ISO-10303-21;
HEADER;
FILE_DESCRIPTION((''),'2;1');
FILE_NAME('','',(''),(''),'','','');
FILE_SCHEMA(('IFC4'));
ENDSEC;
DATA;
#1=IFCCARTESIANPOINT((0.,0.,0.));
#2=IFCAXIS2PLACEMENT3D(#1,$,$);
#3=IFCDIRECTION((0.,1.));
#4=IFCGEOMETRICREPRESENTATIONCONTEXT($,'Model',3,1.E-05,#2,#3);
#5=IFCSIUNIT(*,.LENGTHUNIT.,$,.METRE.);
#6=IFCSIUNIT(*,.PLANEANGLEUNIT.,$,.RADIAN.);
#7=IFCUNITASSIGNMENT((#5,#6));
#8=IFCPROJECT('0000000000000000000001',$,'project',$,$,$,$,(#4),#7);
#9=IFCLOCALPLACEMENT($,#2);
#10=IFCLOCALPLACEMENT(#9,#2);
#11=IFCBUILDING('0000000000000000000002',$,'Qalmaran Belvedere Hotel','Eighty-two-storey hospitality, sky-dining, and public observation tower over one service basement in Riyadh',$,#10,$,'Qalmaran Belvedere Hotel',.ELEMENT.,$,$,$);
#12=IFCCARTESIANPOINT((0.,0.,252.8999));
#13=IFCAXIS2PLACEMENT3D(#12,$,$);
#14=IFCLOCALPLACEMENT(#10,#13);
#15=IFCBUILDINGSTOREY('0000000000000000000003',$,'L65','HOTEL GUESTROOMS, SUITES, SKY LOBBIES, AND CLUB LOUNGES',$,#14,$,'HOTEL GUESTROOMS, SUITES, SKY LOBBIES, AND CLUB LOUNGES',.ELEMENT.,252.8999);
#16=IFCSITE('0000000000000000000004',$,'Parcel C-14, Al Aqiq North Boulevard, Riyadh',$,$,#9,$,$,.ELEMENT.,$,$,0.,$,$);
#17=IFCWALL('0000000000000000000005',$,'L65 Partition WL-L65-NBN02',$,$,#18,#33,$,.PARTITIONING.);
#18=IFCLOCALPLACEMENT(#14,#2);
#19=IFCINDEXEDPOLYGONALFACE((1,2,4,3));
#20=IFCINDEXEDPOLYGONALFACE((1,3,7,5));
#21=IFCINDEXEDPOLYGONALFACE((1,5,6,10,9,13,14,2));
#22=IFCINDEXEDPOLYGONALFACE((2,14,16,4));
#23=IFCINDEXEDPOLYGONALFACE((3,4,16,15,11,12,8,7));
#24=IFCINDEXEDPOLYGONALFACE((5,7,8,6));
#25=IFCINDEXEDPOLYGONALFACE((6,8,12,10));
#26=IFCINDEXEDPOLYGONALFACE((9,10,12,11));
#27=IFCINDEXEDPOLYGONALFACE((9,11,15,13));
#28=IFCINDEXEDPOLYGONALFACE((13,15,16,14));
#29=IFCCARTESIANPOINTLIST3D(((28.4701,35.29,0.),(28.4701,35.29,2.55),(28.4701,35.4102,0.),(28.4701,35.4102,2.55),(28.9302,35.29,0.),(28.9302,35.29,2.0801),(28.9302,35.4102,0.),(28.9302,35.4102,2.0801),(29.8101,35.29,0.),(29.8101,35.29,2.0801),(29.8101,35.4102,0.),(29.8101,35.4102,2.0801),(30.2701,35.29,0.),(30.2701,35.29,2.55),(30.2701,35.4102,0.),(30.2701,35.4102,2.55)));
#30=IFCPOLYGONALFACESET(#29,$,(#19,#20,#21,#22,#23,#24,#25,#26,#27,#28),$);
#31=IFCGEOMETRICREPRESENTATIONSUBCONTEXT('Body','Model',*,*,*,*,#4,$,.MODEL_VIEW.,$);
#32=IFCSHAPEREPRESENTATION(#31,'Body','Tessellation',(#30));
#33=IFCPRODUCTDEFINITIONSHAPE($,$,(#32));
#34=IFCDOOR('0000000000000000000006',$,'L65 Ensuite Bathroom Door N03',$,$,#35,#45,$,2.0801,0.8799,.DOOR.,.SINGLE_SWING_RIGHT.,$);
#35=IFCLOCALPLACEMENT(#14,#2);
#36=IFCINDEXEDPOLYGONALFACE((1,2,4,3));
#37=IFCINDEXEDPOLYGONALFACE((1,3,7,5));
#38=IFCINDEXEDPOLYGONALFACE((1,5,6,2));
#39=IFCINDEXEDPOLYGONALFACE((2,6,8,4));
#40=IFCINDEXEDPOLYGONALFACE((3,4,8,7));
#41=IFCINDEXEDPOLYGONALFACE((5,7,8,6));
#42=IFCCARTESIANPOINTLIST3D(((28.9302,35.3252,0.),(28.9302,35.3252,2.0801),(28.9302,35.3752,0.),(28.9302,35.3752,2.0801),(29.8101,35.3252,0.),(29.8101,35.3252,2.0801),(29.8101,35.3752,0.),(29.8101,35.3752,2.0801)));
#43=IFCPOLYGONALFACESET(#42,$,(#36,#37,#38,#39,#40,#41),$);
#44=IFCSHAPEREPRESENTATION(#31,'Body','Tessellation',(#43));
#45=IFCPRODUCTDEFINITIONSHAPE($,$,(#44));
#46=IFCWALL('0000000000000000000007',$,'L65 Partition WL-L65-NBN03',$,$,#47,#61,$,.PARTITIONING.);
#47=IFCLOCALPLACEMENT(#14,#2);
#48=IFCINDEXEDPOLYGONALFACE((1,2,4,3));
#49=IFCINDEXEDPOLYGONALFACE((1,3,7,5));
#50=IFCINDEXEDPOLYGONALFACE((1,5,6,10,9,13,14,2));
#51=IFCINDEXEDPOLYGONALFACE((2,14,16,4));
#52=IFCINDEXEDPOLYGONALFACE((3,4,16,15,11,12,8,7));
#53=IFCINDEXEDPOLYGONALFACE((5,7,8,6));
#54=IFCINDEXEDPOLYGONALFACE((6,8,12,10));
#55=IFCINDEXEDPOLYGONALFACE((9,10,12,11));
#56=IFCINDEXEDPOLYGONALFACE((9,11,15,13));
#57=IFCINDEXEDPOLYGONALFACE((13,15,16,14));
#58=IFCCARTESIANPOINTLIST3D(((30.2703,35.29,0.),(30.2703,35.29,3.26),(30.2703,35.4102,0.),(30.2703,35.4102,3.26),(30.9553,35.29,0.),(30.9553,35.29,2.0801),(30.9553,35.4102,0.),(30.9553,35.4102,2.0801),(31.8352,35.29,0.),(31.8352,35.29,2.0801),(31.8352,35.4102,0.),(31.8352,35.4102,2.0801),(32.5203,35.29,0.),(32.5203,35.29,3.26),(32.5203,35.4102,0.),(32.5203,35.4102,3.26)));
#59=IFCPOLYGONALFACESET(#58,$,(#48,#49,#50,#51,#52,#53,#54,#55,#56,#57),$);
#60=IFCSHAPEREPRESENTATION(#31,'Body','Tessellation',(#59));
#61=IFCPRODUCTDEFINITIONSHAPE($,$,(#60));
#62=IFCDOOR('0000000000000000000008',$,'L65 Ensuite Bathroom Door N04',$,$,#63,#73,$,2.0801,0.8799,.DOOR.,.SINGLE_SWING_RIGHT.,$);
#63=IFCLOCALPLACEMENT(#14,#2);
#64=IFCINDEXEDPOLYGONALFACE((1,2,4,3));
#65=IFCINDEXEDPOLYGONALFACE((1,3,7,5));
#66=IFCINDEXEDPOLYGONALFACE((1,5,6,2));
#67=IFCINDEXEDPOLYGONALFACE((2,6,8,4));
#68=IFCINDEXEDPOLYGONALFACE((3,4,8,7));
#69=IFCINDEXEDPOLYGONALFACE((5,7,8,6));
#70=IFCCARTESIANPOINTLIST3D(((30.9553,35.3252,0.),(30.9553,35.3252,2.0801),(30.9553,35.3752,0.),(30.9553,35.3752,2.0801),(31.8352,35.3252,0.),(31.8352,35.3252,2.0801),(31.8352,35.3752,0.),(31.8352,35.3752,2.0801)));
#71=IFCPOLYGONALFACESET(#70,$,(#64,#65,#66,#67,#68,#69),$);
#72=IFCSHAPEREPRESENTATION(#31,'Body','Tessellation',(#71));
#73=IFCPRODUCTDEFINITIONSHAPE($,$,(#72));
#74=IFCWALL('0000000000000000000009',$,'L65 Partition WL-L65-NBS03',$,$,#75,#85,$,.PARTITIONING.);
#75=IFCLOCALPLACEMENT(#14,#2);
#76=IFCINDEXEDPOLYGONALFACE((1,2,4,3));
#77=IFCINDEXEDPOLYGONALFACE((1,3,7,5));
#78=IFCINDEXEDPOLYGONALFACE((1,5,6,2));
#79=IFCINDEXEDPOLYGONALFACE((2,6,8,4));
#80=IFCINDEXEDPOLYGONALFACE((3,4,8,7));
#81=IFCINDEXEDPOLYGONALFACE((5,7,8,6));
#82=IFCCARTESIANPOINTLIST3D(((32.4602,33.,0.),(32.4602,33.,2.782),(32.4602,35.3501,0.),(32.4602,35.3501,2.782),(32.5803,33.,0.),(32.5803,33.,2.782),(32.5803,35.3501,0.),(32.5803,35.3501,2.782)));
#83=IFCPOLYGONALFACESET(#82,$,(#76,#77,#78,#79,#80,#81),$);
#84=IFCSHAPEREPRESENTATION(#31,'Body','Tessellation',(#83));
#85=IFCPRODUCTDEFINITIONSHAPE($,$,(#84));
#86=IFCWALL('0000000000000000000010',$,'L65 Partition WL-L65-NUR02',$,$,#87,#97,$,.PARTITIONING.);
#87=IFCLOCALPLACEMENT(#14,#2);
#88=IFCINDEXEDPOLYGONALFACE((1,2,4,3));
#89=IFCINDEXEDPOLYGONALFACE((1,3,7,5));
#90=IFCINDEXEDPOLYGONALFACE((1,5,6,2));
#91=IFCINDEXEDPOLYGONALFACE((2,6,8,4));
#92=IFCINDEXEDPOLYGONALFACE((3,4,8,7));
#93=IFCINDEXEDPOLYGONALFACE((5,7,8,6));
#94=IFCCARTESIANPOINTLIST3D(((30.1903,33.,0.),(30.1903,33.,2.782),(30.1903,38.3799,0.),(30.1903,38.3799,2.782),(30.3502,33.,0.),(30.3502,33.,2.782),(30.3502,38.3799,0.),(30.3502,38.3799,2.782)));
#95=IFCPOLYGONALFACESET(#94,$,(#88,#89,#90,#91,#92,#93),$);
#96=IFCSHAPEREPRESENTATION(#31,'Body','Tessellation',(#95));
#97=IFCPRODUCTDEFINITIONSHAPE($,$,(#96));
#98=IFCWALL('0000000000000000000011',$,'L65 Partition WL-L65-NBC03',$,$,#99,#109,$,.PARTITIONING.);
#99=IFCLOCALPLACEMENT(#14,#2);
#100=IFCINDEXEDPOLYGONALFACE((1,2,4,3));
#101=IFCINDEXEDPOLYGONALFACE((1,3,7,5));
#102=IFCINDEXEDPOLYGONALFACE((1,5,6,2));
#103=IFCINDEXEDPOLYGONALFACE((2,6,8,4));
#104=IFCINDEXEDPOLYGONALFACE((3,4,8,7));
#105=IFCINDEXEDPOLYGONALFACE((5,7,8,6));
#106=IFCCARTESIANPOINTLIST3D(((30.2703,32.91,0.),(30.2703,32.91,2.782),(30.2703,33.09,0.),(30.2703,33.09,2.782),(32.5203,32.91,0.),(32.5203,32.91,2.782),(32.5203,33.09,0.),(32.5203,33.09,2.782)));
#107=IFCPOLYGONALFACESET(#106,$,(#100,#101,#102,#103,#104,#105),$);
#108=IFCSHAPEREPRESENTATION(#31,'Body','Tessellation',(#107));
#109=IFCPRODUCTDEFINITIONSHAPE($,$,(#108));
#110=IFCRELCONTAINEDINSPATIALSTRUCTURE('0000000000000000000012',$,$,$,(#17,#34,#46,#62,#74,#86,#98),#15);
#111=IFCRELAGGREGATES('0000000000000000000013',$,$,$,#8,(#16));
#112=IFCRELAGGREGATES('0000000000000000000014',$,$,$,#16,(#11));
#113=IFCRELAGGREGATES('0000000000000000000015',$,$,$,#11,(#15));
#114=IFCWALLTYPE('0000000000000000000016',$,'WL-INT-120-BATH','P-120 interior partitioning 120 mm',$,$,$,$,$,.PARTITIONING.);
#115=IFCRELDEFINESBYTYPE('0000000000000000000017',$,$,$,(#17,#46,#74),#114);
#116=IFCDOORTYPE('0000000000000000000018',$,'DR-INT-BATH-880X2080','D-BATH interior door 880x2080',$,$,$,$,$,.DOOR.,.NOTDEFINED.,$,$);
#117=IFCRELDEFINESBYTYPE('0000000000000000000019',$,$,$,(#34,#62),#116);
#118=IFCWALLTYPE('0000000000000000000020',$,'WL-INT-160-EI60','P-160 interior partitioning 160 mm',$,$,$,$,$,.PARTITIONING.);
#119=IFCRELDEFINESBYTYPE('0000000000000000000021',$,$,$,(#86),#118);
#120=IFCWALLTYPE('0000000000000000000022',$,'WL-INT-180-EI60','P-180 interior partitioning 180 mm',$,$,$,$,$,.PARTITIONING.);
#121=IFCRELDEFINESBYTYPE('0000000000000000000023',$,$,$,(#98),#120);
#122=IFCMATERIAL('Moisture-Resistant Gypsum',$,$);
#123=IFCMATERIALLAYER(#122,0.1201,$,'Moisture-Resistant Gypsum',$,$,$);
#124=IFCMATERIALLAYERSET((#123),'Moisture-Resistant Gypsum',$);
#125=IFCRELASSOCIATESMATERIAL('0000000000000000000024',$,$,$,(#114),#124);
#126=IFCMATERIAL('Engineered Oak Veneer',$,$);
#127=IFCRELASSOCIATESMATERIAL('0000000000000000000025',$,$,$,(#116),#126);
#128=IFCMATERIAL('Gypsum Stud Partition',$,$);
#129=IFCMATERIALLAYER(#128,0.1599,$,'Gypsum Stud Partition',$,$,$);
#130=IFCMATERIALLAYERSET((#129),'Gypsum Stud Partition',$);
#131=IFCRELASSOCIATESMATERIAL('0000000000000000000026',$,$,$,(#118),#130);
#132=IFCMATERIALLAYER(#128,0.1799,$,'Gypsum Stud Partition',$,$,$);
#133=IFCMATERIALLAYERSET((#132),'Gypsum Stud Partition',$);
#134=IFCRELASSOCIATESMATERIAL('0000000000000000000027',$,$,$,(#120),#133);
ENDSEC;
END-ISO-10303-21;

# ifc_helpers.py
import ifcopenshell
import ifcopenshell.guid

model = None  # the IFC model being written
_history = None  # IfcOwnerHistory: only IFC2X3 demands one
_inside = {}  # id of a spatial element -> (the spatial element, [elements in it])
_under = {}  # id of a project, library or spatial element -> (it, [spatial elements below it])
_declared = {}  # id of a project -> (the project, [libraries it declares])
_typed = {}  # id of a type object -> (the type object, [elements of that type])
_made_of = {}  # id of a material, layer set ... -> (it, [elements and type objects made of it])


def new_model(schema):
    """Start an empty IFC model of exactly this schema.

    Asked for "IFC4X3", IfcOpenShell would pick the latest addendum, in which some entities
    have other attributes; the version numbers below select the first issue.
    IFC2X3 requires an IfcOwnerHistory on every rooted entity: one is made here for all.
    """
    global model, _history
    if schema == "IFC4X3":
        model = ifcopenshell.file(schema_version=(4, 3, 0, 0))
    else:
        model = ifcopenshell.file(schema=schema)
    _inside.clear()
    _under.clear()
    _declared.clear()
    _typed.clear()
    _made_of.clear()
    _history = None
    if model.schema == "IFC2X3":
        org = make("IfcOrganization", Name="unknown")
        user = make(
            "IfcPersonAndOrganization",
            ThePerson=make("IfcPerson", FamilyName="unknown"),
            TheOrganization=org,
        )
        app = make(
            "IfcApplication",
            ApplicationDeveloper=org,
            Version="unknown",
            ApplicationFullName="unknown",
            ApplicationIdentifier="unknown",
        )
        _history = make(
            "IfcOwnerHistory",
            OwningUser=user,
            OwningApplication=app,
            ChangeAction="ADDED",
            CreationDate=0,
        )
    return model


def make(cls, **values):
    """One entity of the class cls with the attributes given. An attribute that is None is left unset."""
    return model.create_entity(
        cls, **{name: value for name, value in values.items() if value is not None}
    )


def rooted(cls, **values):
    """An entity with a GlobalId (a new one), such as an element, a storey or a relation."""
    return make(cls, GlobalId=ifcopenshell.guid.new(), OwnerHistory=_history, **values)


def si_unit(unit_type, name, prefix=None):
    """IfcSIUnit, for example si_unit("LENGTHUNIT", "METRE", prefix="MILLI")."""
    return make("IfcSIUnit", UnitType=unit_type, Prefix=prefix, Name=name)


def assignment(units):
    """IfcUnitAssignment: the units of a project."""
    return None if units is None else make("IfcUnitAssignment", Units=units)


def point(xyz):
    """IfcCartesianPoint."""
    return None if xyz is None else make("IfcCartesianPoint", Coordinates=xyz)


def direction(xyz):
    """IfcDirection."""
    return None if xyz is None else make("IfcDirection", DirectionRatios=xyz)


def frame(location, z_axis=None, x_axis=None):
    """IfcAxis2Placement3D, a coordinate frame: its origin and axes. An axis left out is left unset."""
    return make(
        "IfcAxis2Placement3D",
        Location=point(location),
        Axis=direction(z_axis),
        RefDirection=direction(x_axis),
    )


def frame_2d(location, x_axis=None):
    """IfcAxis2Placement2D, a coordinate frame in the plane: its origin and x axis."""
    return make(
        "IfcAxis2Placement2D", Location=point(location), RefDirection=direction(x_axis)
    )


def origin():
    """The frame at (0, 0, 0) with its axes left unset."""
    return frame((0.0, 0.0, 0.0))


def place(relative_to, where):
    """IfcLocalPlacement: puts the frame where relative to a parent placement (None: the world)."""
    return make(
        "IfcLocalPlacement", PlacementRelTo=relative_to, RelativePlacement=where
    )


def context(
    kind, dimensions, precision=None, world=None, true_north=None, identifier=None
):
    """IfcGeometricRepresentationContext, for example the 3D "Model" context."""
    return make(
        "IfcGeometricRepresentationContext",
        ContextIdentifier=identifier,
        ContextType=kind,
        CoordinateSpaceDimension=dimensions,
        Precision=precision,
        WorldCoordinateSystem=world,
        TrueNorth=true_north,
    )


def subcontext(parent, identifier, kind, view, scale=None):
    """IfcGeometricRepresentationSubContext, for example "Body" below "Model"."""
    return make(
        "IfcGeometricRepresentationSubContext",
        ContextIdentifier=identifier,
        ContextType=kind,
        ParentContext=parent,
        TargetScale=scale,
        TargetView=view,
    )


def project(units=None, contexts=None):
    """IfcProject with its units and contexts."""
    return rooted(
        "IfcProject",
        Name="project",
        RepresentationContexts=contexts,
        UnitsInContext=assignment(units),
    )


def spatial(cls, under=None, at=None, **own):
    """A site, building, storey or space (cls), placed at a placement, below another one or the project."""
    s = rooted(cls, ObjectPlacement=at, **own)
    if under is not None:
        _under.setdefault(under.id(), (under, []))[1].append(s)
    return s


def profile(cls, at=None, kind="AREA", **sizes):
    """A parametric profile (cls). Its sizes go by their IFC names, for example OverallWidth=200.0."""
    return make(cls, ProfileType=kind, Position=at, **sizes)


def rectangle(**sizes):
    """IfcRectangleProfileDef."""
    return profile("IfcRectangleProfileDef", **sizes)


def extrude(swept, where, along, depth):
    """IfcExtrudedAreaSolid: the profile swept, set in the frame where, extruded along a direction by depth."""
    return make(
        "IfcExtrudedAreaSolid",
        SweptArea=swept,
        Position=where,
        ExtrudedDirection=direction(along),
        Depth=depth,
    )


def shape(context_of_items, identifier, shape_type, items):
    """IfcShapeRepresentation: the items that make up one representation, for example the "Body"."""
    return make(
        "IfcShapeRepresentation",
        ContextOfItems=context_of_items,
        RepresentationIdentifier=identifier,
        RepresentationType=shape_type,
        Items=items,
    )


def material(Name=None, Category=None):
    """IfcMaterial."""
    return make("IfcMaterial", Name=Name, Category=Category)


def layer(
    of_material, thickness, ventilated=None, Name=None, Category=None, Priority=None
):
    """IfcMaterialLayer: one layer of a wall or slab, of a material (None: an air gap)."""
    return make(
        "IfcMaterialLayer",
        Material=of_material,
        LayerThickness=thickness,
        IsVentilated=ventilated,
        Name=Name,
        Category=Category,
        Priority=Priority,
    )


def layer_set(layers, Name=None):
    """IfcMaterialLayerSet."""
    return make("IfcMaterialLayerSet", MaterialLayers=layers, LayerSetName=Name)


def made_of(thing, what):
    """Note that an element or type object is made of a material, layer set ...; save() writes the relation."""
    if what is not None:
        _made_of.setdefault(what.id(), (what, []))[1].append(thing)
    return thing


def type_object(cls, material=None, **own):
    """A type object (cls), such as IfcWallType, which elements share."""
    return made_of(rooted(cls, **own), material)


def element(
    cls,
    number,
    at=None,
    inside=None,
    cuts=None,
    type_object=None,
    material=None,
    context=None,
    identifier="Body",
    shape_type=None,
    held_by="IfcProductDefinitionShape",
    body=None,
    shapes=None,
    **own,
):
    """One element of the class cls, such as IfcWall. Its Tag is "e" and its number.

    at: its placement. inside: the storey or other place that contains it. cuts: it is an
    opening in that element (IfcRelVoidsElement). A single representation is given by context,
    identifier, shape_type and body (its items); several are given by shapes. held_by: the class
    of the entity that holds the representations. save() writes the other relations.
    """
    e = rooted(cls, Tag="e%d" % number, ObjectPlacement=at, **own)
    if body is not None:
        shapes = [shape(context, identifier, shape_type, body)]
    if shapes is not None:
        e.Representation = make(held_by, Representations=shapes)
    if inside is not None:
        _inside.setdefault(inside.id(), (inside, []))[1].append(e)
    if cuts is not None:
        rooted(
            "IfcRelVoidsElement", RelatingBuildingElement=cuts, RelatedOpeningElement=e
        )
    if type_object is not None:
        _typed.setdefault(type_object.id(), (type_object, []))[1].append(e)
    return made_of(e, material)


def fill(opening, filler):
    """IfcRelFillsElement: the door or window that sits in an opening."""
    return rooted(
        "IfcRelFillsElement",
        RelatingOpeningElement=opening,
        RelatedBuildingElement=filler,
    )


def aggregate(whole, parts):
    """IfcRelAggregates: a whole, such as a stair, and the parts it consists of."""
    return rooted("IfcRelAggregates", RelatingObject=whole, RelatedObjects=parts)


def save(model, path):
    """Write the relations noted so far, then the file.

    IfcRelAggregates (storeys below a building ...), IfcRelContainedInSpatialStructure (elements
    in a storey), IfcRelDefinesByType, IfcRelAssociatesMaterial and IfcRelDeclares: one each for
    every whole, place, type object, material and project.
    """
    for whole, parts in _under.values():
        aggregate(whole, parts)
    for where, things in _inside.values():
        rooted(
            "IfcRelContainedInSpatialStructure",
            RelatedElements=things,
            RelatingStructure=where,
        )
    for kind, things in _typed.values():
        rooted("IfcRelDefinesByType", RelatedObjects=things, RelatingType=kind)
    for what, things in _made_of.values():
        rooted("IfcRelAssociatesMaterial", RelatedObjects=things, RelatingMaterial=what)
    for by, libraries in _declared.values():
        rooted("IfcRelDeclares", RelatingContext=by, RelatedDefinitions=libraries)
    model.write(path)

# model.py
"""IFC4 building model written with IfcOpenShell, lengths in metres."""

from ifc_helpers import new_model, si_unit, direction, frame, frame_2d, origin, place, context, subcontext, project, spatial, rectangle, extrude, material, layer, layer_set, type_object, element, fill, save


model = new_model("IFC4")

# Units and contexts
model_context = context("Model", 3, precision=1e-05, world=origin(), true_north=direction((0.0, 1.0)))
body_context = subcontext(model_context, "Body", "Model", "MODEL_VIEW")
ifc_project = project(units=[si_unit("LENGTHUNIT", "METRE"), si_unit("PLANEANGLEUNIT", "RADIAN")], contexts=[model_context])

# Site, building, storey
site_placement = place(None, origin())
site = spatial("IfcSite", under=ifc_project, at=site_placement, Name="Parcel C-14, Al Aqiq North Boulevard, Riyadh", CompositionType="ELEMENT", RefElevation=0.0)
building_placement = place(site_placement, origin())
building = spatial("IfcBuilding", under=site, at=building_placement, Name="Qalmaran Belvedere Hotel", Description="Eighty-two-storey hospitality, sky-dining, and public observation tower over one service basement in Riyadh", LongName="Qalmaran Belvedere Hotel", CompositionType="ELEMENT")
storey_placement = place(building_placement, frame((0.0, 0.0, 252.8999)))
storey = spatial("IfcBuildingStorey", under=building, at=storey_placement, Name="L65", Description="HOTEL GUESTROOMS, SUITES, SKY LOBBIES, AND CLUB LOUNGES", LongName="HOTEL GUESTROOMS, SUITES, SKY LOBBIES, AND CLUB LOUNGES", CompositionType="ELEMENT", Elevation=252.8999)

# Walls, openings, doors
ifc_material_1 = material(Name="Moisture-Resistant Gypsum")
ifc_layer_1 = layer(ifc_material_1, 0.1201, Name="Moisture-Resistant Gypsum")
ifc_layer_set_1 = layer_set([ifc_layer_1], Name="Moisture-Resistant Gypsum")
wall_type_1 = type_object("IfcWallType", Name="WL-INT-120-BATH", Description="P-120 interior partitioning 120 mm", PredefinedType="PARTITIONING", material=ifc_layer_set_1)
wall_1_placement = place(storey_placement, frame((28.4702, 35.3501, 0.0), z_axis=(0.0, 0.0, 1.0), x_axis=(1.0, 0.0, 0.0)))
wall_1 = element("IfcWall", 1, at=wall_1_placement, inside=storey, type_object=wall_type_1, Name="L65 Partition WL-L65-NBN02", PredefinedType="PARTITIONING", context=body_context, shape_type="SweptSolid", body=[
    extrude(rectangle(XDim=1.8, YDim=0.1201, at=frame_2d((0.8999, 0.0))), origin(), (0.0, 0.0, 1.0), 2.55),
])
opening_1_placement = place(wall_1_placement, frame((1.3398, 0.0, 0.0), z_axis=(0.0, 0.0, 1.0), x_axis=(-1.0, 0.0, 0.0)))
opening_1 = element("IfcOpeningElement", 2, at=opening_1_placement, cuts=wall_1, PredefinedType="OPENING", context=body_context, shape_type="SweptSolid", body=[
    extrude(rectangle(XDim=0.8799, YDim=2.0801, at=frame_2d((0.4399, 1.04))), frame((0.0, 0.0701, 0.0), z_axis=(0.0, -1.0, 0.0), x_axis=(1.0, 0.0, 0.0)), (0.0, 0.0, 1.0), 0.1401),
])
ifc_material_2 = material(Name="Engineered Oak Veneer")
door_type_1 = type_object("IfcDoorType", Name="DR-INT-BATH-880X2080", Description="D-BATH interior door 880x2080", OperationType="NOTDEFINED", PredefinedType="DOOR", material=ifc_material_2)
door_1_placement = place(opening_1_placement, origin())
door_1 = element("IfcDoor", 3, at=door_1_placement, inside=storey, type_object=door_type_1, Name="L65 Ensuite Bathroom Door N03", OperationType="SINGLE_SWING_RIGHT", OverallHeight=2.0801, OverallWidth=0.8799, PredefinedType="DOOR", context=body_context, shape_type="SweptSolid", body=[
    extrude(rectangle(XDim=0.8799, YDim=2.0801, at=frame_2d((0.4399, 1.04))), frame((0.0, 0.0249, 0.0), z_axis=(0.0, -1.0, 0.0), x_axis=(1.0, 0.0, 0.0)), (0.0, 0.0, 1.0), 0.05),
])
fill(opening_1, door_1)
wall_2_placement = place(storey_placement, frame((30.2703, 35.3501, 0.0), z_axis=(0.0, 0.0, 1.0), x_axis=(1.0, 0.0, 0.0)))
wall_2 = element("IfcWall", 4, at=wall_2_placement, inside=storey, type_object=wall_type_1, Name="L65 Partition WL-L65-NBN03", PredefinedType="PARTITIONING", context=body_context, shape_type="SweptSolid", body=[
    extrude(rectangle(XDim=2.25, YDim=0.1201, at=frame_2d((1.125, 0.0))), origin(), (0.0, 0.0, 1.0), 3.26),
])
opening_2_placement = place(wall_2_placement, frame((1.5649, 0.0, 0.0), z_axis=(0.0, 0.0, 1.0), x_axis=(-1.0, 0.0, 0.0)))
opening_2 = element("IfcOpeningElement", 5, at=opening_2_placement, cuts=wall_2, PredefinedType="OPENING", context=body_context, shape_type="SweptSolid", body=[
    extrude(rectangle(XDim=0.8799, YDim=2.0801, at=frame_2d((0.4399, 1.04))), frame((0.0, 0.0701, 0.0), z_axis=(0.0, -1.0, 0.0), x_axis=(1.0, 0.0, 0.0)), (0.0, 0.0, 1.0), 0.1401),
])
door_2_placement = place(opening_2_placement, origin())
door_2 = element("IfcDoor", 6, at=door_2_placement, inside=storey, type_object=door_type_1, Name="L65 Ensuite Bathroom Door N04", OperationType="SINGLE_SWING_RIGHT", OverallHeight=2.0801, OverallWidth=0.8799, PredefinedType="DOOR", context=body_context, shape_type="SweptSolid", body=[
    extrude(rectangle(XDim=0.8799, YDim=2.0801, at=frame_2d((0.4399, 1.04))), frame((0.0, 0.0249, 0.0), z_axis=(0.0, -1.0, 0.0), x_axis=(1.0, 0.0, 0.0)), (0.0, 0.0, 1.0), 0.05),
])
fill(opening_2, door_2)

# Walls
wall_3_placement = place(storey_placement, frame((32.5203, 33.0, 0.0), z_axis=(0.0, 0.0, 1.0), x_axis=(0.0, 1.0, 0.0)))
element("IfcWall", 7, at=wall_3_placement, inside=storey, type_object=wall_type_1, Name="L65 Partition WL-L65-NBS03", PredefinedType="PARTITIONING", context=body_context, shape_type="SweptSolid", body=[
    extrude(rectangle(XDim=2.3501, YDim=0.1201, at=frame_2d((1.175, 0.0))), origin(), (0.0, 0.0, 1.0), 2.782),
])
ifc_material_3 = material(Name="Gypsum Stud Partition")
ifc_layer_2 = layer(ifc_material_3, 0.1599, Name="Gypsum Stud Partition")
ifc_layer_set_2 = layer_set([ifc_layer_2], Name="Gypsum Stud Partition")
wall_type_2 = type_object("IfcWallType", Name="WL-INT-160-EI60", Description="P-160 interior partitioning 160 mm", PredefinedType="PARTITIONING", material=ifc_layer_set_2)
wall_4_placement = place(storey_placement, frame((30.2703, 33.0, 0.0), z_axis=(0.0, 0.0, 1.0), x_axis=(0.0, 1.0, 0.0)))
element("IfcWall", 8, at=wall_4_placement, inside=storey, type_object=wall_type_2, Name="L65 Partition WL-L65-NUR02", PredefinedType="PARTITIONING", context=body_context, shape_type="SweptSolid", body=[
    extrude(rectangle(XDim=5.3799, YDim=0.1599, at=frame_2d((2.6899, 0.0))), origin(), (0.0, 0.0, 1.0), 2.782),
])
ifc_layer_3 = layer(ifc_material_3, 0.1799, Name="Gypsum Stud Partition")
ifc_layer_set_3 = layer_set([ifc_layer_3], Name="Gypsum Stud Partition")
wall_type_3 = type_object("IfcWallType", Name="WL-INT-180-EI60", Description="P-180 interior partitioning 180 mm", PredefinedType="PARTITIONING", material=ifc_layer_set_3)
wall_5_placement = place(storey_placement, frame((30.2703, 33.0, 0.0), z_axis=(0.0, 0.0, 1.0), x_axis=(1.0, 0.0, 0.0)))
element("IfcWall", 9, at=wall_5_placement, inside=storey, type_object=wall_type_3, Name="L65 Partition WL-L65-NBC03", PredefinedType="PARTITIONING", context=body_context, shape_type="SweptSolid", body=[
    extrude(rectangle(XDim=2.25, YDim=0.1799, at=frame_2d((1.125, 0.0))), origin(), (0.0, 0.0, 1.0), 2.782),
])

save(model, "model.ifc")
